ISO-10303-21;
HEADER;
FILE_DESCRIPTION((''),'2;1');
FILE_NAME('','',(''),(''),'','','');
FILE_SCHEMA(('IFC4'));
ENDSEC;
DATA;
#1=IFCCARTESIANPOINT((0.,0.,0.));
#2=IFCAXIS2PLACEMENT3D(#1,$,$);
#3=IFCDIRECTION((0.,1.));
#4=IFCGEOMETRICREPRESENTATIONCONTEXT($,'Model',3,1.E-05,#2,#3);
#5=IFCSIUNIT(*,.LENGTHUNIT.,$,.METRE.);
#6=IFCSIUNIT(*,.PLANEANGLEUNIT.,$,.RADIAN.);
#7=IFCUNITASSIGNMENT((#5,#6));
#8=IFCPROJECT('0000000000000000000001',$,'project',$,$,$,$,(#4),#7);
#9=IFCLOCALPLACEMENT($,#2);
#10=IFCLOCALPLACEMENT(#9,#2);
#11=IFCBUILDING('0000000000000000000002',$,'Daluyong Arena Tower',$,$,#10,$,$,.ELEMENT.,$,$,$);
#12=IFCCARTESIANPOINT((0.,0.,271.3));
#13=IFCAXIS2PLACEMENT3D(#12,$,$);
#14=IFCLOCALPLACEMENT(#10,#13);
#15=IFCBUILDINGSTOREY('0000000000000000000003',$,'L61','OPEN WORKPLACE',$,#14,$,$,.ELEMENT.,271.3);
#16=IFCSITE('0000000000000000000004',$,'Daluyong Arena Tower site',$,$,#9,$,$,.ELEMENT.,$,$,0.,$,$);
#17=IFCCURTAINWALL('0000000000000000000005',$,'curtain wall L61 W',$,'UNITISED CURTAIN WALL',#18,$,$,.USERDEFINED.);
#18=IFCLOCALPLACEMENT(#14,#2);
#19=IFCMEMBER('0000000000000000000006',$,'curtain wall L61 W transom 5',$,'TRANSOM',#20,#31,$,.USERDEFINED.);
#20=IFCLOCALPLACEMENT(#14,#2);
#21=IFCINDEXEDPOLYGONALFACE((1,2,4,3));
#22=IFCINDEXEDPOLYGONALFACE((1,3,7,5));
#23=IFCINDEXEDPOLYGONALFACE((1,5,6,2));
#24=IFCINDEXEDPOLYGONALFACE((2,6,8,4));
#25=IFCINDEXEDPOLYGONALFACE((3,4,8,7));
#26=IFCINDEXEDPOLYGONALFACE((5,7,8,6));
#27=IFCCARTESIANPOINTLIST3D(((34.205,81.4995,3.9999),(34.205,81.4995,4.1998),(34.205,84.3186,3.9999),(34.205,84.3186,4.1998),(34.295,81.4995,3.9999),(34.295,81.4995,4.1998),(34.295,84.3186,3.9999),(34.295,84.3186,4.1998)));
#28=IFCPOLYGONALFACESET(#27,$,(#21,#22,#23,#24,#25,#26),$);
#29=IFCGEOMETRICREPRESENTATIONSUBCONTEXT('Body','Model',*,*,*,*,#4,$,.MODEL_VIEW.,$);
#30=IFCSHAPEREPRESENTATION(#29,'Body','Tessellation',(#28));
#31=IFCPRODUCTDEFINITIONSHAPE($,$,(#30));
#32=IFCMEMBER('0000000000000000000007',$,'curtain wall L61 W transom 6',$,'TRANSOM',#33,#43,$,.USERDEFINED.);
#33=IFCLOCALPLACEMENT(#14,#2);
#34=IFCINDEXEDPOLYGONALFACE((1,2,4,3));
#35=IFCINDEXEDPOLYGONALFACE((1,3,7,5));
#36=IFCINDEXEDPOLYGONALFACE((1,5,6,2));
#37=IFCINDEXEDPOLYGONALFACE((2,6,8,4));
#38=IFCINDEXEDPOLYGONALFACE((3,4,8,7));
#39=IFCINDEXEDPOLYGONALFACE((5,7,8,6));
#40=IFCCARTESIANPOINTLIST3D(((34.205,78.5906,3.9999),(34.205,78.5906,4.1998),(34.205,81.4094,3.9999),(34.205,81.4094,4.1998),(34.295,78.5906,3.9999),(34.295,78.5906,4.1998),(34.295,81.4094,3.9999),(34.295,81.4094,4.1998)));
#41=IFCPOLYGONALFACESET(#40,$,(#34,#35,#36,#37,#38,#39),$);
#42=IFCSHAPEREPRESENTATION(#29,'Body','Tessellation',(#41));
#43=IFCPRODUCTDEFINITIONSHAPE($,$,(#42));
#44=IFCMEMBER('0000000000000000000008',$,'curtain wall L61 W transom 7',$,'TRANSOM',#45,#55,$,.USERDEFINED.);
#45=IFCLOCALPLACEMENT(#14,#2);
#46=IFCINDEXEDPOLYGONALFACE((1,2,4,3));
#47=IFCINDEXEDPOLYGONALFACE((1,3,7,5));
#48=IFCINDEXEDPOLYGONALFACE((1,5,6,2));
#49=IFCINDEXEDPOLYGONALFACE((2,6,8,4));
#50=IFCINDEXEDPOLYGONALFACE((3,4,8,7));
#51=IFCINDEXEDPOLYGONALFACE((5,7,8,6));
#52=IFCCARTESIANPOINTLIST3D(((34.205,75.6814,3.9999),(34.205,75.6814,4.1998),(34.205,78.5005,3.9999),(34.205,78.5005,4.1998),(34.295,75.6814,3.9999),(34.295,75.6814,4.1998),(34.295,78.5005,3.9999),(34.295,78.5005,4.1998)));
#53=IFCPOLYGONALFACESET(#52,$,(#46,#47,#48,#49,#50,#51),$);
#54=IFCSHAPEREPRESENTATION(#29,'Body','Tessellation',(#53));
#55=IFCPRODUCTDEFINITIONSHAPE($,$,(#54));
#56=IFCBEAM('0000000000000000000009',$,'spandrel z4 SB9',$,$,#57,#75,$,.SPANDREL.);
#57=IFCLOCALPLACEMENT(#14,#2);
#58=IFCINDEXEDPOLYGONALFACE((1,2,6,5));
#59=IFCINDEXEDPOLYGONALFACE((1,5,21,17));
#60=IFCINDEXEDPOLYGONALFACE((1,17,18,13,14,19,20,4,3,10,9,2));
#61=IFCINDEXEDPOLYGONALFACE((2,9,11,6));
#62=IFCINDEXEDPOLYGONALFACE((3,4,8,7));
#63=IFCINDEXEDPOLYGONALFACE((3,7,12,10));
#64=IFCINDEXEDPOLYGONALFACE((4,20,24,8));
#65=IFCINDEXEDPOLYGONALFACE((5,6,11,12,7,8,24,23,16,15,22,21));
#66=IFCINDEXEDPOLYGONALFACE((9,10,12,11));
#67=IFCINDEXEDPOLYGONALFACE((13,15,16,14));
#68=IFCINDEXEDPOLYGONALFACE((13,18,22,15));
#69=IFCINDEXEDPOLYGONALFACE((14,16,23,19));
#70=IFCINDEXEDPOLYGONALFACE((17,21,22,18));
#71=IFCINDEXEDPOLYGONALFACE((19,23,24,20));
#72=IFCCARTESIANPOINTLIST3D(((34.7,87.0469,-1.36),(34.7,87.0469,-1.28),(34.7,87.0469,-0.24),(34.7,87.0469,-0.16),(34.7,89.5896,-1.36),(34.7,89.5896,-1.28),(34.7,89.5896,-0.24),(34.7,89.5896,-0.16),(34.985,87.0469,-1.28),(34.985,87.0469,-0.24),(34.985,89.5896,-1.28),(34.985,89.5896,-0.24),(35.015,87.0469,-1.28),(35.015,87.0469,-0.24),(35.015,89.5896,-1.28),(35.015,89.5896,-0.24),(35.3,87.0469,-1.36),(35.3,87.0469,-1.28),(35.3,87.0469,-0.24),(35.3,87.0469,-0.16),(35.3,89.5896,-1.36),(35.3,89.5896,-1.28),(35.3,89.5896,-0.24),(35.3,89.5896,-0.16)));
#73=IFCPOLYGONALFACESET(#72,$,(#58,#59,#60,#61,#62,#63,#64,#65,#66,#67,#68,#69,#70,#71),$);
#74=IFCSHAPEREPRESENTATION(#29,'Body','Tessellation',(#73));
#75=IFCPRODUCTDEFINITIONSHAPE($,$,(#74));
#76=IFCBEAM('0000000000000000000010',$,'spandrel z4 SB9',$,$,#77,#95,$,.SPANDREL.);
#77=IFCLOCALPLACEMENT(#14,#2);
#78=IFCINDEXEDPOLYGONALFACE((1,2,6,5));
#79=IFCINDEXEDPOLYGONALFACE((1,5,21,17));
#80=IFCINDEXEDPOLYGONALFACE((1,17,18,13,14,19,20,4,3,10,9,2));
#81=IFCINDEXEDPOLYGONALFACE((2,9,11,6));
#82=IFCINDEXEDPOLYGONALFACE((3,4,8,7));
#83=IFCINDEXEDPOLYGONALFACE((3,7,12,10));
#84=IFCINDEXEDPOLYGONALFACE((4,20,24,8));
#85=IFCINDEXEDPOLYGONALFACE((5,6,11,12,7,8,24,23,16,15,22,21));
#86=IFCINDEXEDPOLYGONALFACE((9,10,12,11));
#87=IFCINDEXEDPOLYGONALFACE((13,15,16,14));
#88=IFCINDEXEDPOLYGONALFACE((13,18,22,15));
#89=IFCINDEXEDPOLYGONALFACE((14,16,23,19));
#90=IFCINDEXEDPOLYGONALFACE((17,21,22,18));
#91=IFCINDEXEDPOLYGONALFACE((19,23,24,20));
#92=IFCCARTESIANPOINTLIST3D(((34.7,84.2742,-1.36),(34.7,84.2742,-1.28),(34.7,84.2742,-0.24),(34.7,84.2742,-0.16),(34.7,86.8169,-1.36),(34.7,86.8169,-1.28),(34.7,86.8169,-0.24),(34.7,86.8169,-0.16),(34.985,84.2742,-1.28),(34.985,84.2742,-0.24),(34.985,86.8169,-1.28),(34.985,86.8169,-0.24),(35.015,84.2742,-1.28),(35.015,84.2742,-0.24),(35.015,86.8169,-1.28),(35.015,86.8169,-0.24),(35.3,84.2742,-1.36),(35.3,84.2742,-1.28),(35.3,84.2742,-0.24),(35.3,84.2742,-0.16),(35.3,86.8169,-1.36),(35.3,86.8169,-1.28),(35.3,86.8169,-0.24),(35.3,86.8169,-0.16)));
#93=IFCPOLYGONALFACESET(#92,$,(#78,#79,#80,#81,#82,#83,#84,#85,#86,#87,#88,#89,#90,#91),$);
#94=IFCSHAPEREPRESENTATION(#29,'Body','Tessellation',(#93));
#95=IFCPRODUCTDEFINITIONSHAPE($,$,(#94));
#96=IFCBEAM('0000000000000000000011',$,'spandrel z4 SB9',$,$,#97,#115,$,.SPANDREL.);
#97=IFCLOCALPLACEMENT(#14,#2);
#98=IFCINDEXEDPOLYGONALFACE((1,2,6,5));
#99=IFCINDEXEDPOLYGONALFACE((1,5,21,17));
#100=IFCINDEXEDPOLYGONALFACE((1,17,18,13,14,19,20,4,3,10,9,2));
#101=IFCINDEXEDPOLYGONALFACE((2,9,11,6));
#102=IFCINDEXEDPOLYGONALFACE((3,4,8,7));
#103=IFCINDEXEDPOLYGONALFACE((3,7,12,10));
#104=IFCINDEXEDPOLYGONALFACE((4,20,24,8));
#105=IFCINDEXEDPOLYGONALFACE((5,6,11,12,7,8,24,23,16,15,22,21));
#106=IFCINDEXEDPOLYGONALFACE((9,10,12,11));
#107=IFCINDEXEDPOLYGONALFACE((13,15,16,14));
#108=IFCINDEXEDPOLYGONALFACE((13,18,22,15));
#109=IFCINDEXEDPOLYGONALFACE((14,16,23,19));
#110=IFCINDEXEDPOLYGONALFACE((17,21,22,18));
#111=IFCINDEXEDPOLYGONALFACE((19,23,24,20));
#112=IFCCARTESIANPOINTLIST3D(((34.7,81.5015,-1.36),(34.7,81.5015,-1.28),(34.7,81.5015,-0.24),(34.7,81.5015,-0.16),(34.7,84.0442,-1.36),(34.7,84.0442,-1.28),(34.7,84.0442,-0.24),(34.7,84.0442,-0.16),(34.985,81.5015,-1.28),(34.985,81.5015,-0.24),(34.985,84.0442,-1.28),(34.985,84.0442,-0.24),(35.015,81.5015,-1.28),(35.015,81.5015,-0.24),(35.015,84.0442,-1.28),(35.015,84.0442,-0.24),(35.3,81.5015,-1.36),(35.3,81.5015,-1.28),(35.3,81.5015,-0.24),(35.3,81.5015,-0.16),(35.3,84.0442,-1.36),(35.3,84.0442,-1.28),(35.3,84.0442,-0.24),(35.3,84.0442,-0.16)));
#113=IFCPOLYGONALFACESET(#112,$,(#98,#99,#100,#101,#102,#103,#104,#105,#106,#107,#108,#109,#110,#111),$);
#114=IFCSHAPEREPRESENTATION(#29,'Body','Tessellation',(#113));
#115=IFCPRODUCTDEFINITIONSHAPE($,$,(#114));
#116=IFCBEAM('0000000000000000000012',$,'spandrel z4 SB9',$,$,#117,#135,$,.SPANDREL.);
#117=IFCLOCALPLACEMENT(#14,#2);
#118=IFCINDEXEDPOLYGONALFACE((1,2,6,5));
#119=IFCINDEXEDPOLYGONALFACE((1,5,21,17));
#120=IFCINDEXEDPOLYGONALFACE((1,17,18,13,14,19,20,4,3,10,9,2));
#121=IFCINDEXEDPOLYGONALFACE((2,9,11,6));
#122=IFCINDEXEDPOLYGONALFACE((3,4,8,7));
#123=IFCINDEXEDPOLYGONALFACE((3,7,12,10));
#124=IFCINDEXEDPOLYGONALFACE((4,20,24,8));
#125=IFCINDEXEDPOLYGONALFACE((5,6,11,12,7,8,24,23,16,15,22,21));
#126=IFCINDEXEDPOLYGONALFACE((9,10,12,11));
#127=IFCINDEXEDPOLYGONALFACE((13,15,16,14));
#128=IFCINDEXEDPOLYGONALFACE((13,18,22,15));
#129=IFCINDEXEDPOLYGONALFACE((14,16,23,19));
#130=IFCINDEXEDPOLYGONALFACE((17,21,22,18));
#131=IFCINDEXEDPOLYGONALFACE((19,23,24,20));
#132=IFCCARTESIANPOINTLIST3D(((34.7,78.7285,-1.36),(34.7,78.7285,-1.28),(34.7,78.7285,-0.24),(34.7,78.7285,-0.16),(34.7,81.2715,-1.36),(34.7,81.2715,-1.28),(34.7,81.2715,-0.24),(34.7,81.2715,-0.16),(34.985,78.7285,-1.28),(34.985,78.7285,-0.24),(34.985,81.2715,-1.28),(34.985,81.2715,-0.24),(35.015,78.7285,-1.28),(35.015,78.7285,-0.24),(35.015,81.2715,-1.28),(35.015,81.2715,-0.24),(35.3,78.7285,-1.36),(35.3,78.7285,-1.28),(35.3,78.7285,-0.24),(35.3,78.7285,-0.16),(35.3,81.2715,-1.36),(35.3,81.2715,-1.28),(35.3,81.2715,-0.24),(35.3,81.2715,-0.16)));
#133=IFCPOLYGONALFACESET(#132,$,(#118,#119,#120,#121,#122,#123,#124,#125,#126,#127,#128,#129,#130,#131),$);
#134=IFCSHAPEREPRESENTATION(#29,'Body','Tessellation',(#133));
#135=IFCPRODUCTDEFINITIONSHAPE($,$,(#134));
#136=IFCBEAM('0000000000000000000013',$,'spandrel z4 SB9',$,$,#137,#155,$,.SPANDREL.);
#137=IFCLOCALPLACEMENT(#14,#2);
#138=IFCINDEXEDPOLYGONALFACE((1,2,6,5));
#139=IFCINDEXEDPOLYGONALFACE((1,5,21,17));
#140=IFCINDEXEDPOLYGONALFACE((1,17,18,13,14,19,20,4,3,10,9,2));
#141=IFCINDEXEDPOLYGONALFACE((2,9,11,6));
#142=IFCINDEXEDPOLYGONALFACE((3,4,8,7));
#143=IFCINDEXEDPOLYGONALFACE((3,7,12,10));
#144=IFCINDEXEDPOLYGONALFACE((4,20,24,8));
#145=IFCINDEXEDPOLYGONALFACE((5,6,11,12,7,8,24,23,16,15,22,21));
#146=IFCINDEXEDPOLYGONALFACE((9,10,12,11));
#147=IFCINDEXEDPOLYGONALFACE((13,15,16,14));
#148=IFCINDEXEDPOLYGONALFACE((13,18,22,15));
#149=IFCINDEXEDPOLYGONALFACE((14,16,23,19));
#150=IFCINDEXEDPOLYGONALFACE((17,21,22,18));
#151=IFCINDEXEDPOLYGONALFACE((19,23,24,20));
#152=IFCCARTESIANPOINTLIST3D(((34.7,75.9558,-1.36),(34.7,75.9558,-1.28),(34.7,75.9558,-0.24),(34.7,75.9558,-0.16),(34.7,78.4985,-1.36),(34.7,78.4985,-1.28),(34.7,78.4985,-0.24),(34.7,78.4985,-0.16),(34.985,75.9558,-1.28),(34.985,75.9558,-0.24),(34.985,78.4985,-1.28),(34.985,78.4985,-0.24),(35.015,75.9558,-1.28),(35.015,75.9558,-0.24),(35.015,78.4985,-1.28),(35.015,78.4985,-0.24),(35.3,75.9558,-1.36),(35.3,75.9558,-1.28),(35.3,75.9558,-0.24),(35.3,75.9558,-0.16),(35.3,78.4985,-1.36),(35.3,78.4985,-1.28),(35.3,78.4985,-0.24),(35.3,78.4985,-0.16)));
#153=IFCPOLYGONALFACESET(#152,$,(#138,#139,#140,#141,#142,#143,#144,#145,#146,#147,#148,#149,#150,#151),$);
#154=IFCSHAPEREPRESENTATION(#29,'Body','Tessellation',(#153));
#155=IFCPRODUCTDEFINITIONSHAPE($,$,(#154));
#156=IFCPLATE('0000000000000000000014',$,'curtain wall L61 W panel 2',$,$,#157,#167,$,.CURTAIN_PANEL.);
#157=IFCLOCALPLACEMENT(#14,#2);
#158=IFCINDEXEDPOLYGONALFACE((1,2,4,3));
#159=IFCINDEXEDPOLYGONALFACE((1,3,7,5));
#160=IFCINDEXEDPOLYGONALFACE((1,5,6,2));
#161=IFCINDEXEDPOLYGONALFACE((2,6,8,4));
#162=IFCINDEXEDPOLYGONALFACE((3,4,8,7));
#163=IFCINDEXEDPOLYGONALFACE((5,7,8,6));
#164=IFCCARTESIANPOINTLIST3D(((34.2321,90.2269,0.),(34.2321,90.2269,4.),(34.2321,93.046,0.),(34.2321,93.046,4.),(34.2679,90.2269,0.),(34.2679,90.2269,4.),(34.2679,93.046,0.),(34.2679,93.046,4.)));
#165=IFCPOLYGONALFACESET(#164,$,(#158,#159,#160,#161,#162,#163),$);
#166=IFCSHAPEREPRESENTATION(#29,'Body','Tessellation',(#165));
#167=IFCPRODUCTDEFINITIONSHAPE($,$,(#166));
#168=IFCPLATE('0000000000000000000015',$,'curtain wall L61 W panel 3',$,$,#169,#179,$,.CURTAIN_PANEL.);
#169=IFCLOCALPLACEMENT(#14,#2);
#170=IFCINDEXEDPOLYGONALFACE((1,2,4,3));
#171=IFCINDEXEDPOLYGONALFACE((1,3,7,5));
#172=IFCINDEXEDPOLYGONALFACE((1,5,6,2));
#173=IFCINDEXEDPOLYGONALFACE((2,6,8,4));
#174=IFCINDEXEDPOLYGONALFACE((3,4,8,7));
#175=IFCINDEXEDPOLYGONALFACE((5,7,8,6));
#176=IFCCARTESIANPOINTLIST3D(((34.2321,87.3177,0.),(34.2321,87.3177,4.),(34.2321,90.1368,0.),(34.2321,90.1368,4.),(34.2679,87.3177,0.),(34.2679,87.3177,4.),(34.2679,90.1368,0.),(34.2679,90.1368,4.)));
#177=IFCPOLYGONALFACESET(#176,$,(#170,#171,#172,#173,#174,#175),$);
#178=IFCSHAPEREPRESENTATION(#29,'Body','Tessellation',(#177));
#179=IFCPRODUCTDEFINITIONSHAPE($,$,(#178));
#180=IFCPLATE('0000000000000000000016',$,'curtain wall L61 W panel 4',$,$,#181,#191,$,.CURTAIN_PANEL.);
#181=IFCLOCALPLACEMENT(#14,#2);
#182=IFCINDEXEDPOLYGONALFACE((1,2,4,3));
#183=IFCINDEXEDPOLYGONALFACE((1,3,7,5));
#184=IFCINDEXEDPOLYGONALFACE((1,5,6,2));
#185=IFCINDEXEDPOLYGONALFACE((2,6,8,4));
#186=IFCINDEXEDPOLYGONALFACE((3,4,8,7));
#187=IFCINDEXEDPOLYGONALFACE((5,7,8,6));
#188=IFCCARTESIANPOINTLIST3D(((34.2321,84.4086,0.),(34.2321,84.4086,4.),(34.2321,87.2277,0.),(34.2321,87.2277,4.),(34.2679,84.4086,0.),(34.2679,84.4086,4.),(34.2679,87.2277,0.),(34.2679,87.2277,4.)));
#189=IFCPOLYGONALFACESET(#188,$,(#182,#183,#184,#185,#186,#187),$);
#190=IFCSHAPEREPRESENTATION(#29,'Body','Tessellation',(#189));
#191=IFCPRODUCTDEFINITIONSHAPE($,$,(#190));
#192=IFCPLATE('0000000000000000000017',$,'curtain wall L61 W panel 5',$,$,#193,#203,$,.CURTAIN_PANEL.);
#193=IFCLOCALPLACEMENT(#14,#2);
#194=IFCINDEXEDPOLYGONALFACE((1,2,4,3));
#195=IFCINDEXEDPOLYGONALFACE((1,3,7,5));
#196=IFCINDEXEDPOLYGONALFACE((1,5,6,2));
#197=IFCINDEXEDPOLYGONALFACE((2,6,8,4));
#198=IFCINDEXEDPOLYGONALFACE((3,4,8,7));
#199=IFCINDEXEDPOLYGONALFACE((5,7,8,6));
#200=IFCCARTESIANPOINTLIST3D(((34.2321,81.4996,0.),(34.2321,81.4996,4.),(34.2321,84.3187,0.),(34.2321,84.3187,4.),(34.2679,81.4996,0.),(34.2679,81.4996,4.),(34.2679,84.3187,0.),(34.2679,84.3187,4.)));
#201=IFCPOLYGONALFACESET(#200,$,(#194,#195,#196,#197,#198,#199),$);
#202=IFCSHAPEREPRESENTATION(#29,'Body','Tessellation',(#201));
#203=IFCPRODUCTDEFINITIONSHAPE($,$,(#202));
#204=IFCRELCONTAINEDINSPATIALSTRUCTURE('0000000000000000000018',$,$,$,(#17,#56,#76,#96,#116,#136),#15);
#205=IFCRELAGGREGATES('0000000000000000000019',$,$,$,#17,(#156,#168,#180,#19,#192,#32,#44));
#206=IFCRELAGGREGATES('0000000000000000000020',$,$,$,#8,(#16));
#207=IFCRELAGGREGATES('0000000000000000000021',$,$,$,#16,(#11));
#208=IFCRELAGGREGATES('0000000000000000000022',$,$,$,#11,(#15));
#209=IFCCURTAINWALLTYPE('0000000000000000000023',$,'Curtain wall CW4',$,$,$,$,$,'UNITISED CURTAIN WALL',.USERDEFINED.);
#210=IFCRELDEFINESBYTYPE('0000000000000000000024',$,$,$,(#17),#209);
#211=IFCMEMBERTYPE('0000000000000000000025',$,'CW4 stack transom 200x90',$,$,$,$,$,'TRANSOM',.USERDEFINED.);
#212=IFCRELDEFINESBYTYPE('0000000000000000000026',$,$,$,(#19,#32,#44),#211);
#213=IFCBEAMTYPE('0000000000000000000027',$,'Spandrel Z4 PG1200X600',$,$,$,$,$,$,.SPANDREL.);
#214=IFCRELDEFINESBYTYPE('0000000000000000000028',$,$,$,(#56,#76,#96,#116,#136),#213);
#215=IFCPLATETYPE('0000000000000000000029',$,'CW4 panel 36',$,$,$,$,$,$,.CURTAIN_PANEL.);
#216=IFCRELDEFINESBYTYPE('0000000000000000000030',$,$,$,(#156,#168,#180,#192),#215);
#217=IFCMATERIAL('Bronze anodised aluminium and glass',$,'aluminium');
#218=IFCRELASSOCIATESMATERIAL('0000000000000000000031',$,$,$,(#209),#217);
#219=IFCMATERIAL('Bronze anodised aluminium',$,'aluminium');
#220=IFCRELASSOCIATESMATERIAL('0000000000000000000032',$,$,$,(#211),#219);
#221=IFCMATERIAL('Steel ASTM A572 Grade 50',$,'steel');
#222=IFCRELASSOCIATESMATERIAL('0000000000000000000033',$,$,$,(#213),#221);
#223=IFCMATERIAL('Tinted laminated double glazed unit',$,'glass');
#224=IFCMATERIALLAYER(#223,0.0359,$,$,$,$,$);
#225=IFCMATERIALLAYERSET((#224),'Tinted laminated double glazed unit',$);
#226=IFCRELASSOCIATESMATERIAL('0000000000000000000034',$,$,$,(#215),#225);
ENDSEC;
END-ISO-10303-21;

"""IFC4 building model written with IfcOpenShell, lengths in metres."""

from ifc_helpers import new_model, si_unit, direction, frame, origin, origin_2d, place, context, subcontext, project, spatial, rectangle, i_section, extrude, material, layer, layer_set, material_profile, profile_set, type_object, element, aggregate, save


model = new_model("IFC4")

# Units and contexts
model_context = context("Model", 3, precision=1e-05, world=origin(), true_north=direction((0.0, 1.0)))
body_context = subcontext(model_context, "Body", "Model", "MODEL_VIEW")
ifc_project = project(units=[si_unit("LENGTHUNIT", "METRE"), si_unit("PLANEANGLEUNIT", "RADIAN")], contexts=[model_context])

# Site, building, storey
site_placement = place(None, origin())
site = spatial("IfcSite", under=ifc_project, at=site_placement, Name="Daluyong Arena Tower site", CompositionType="ELEMENT", RefElevation=0.0)
building_placement = place(site_placement, origin())
building = spatial("IfcBuilding", under=site, at=building_placement, Name="Daluyong Arena Tower", CompositionType="ELEMENT")
storey_placement = place(building_placement, frame((0.0, 0.0, 271.3)))
storey = spatial("IfcBuildingStorey", under=building, at=storey_placement, Name="L61", Description="OPEN WORKPLACE", CompositionType="ELEMENT", Elevation=271.3)

# Curtain wall, members
ifc_material_1 = material(Name="Bronze anodised aluminium and glass", Category="aluminium")
curtain_wall_type = type_object("IfcCurtainWallType", Name="Curtain wall CW4", ElementType="UNITISED CURTAIN WALL", PredefinedType="USERDEFINED", material=ifc_material_1)
curtain_wall_placement = place(storey_placement, origin())
curtain_wall = element("IfcCurtainWall", 1, at=curtain_wall_placement, inside=storey, type_object=curtain_wall_type, Name="curtain wall L61 W", ObjectType="UNITISED CURTAIN WALL", PredefinedType="USERDEFINED")
ifc_material_2 = material(Name="Bronze anodised aluminium", Category="aluminium")
ifc_material_profile_1 = material_profile(ifc_material_2, rectangle(XDim=0.0901, YDim=0.2, at=origin_2d()))
ifc_profile_set_1 = profile_set([ifc_material_profile_1], Name="Bronze anodised aluminium")
member_type_1 = type_object("IfcMemberType", Name="CW4 stack transom 200x90", ElementType="TRANSOM", PredefinedType="USERDEFINED", material=ifc_profile_set_1)
member_1_placement = place(storey_placement, frame((34.25, 84.3186, 4.0999), z_axis=(0.0, -1.0, 0.0), x_axis=(1.0, 0.0, 0.0)))
member_1 = element("IfcMember", 2, at=member_1_placement, type_object=member_type_1, Name="curtain wall L61 W transom 5", ObjectType="TRANSOM", PredefinedType="USERDEFINED", context=body_context, shape_type="SweptSolid", body=[
    extrude(rectangle(XDim=0.0901, YDim=0.2, at=origin_2d()), origin(), (0.0, 0.0, 1.0), 2.8191),
])
member_2_placement = place(storey_placement, frame((34.25, 81.4094, 4.0999), z_axis=(0.0, -1.0, 0.0), x_axis=(1.0, 0.0, 0.0)))
member_2 = element("IfcMember", 3, at=member_2_placement, type_object=member_type_1, Name="curtain wall L61 W transom 6", ObjectType="TRANSOM", PredefinedType="USERDEFINED", context=body_context, shape_type="SweptSolid", body=[
    extrude(rectangle(XDim=0.0901, YDim=0.2, at=origin_2d()), origin(), (0.0, 0.0, 1.0), 2.8188),
])
member_3_placement = place(storey_placement, frame((34.25, 78.5005, 4.0999), z_axis=(0.0, -1.0, 0.0), x_axis=(1.0, 0.0, 0.0)))
member_3 = element("IfcMember", 4, at=member_3_placement, type_object=member_type_1, Name="curtain wall L61 W transom 7", ObjectType="TRANSOM", PredefinedType="USERDEFINED", context=body_context, shape_type="SweptSolid", body=[
    extrude(rectangle(XDim=0.0901, YDim=0.2, at=origin_2d()), origin(), (0.0, 0.0, 1.0), 2.8191),
])

# Beams
ifc_material_3 = material(Name="Steel ASTM A572 Grade 50", Category="steel")
ifc_material_profile_2 = material_profile(ifc_material_3, i_section(OverallWidth=0.6001, OverallDepth=1.2, WebThickness=0.03, FlangeThickness=0.08, at=origin_2d()))
ifc_profile_set_2 = profile_set([ifc_material_profile_2], Name="Steel ASTM A572 Grade 50")
beam_type = type_object("IfcBeamType", Name="Spandrel Z4 PG1200X600", PredefinedType="SPANDREL", material=ifc_profile_set_2)
for number, where, z_axis, x_axis, name in (
    (5, (35.0, 89.5896, -0.76), (0.0, -1.0, 0.0), (1.0, 0.0, 0.0), "spandrel z4 SB9"),
    (6, (35.0, 86.8169, -0.76), (0.0, -1.0, 0.0), (1.0, 0.0, 0.0), "spandrel z4 SB9"),
    (7, (35.0, 84.0442, -0.76), (0.0, -1.0, 0.0), (1.0, 0.0, 0.0), "spandrel z4 SB9"),
):
    element("IfcBeam", number, at=place(storey_placement, frame(where, z_axis=z_axis, x_axis=x_axis)), inside=storey, type_object=beam_type, Name=name, PredefinedType="SPANDREL", context=body_context, shape_type="SweptSolid", body=[
        extrude(i_section(OverallWidth=0.6001, OverallDepth=1.2, WebThickness=0.03, FlangeThickness=0.08, at=origin_2d()), origin(), (0.0, 0.0, 1.0), 2.5427),
    ])
beam_1_placement = place(storey_placement, frame((35.0, 81.2715, -0.76), z_axis=(0.0, -1.0, 0.0), x_axis=(1.0, 0.0, 0.0)))
element("IfcBeam", 8, at=beam_1_placement, inside=storey, type_object=beam_type, Name="spandrel z4 SB9", PredefinedType="SPANDREL", context=body_context, shape_type="SweptSolid", body=[
    extrude(i_section(OverallWidth=0.6001, OverallDepth=1.2, WebThickness=0.03, FlangeThickness=0.08, at=origin_2d()), origin(), (0.0, 0.0, 1.0), 2.543),
])
beam_2_placement = place(storey_placement, frame((35.0, 78.4985, -0.76), z_axis=(0.0, -1.0, 0.0), x_axis=(1.0, 0.0, 0.0)))
element("IfcBeam", 9, at=beam_2_placement, inside=storey, type_object=beam_type, Name="spandrel z4 SB9", PredefinedType="SPANDREL", context=body_context, shape_type="SweptSolid", body=[
    extrude(i_section(OverallWidth=0.6001, OverallDepth=1.2, WebThickness=0.03, FlangeThickness=0.08, at=origin_2d()), origin(), (0.0, 0.0, 1.0), 2.5427),
])

# Plates
ifc_material_4 = material(Name="Tinted laminated double glazed unit", Category="glass")
ifc_layer = layer(ifc_material_4, 0.0359)
ifc_layer_set = layer_set([ifc_layer], Name="Tinted laminated double glazed unit")
plate_type = type_object("IfcPlateType", Name="CW4 panel 36", PredefinedType="CURTAIN_PANEL", material=ifc_layer_set)
plate_1_placement = place(storey_placement, frame((34.25, 91.6365, 0.0), z_axis=(0.0, 0.0, 1.0), x_axis=(0.0, -1.0, 0.0)))
plate_1 = element("IfcPlate", 10, at=plate_1_placement, type_object=plate_type, Name="curtain wall L61 W panel 2", PredefinedType="CURTAIN_PANEL", context=body_context, shape_type="SweptSolid", body=[
    extrude(rectangle(XDim=2.8191, YDim=0.0359, at=origin_2d()), origin(), (0.0, 0.0, 1.0), 4.0),
])
plate_2_placement = place(storey_placement, frame((34.25, 88.7273, 0.0), z_axis=(0.0, 0.0, 1.0), x_axis=(0.0, -1.0, 0.0)))
plate_2 = element("IfcPlate", 11, at=plate_2_placement, type_object=plate_type, Name="curtain wall L61 W panel 3", PredefinedType="CURTAIN_PANEL", context=body_context, shape_type="SweptSolid", body=[
    extrude(rectangle(XDim=2.8191, YDim=0.0359, at=origin_2d()), origin(), (0.0, 0.0, 1.0), 4.0),
])
plate_3_placement = place(storey_placement, frame((34.25, 85.8181, 0.0), z_axis=(0.0, 0.0, 1.0), x_axis=(0.0, -1.0, 0.0)))
plate_3 = element("IfcPlate", 12, at=plate_3_placement, type_object=plate_type, Name="curtain wall L61 W panel 4", PredefinedType="CURTAIN_PANEL", context=body_context, shape_type="SweptSolid", body=[
    extrude(rectangle(XDim=2.8191, YDim=0.0359, at=origin_2d()), origin(), (0.0, 0.0, 1.0), 4.0),
])
plate_4_placement = place(storey_placement, frame((34.25, 82.9092, 0.0), z_axis=(0.0, 0.0, 1.0), x_axis=(0.0, -1.0, 0.0)))
plate_4 = element("IfcPlate", 13, at=plate_4_placement, type_object=plate_type, Name="curtain wall L61 W panel 5", PredefinedType="CURTAIN_PANEL", context=body_context, shape_type="SweptSolid", body=[
    extrude(rectangle(XDim=2.8191, YDim=0.0359, at=origin_2d()), origin(), (0.0, 0.0, 1.0), 4.0),
])
aggregate(curtain_wall, [plate_1, plate_2, plate_3, member_1, plate_4, member_2, member_3])

save(model, "model.ifc")
